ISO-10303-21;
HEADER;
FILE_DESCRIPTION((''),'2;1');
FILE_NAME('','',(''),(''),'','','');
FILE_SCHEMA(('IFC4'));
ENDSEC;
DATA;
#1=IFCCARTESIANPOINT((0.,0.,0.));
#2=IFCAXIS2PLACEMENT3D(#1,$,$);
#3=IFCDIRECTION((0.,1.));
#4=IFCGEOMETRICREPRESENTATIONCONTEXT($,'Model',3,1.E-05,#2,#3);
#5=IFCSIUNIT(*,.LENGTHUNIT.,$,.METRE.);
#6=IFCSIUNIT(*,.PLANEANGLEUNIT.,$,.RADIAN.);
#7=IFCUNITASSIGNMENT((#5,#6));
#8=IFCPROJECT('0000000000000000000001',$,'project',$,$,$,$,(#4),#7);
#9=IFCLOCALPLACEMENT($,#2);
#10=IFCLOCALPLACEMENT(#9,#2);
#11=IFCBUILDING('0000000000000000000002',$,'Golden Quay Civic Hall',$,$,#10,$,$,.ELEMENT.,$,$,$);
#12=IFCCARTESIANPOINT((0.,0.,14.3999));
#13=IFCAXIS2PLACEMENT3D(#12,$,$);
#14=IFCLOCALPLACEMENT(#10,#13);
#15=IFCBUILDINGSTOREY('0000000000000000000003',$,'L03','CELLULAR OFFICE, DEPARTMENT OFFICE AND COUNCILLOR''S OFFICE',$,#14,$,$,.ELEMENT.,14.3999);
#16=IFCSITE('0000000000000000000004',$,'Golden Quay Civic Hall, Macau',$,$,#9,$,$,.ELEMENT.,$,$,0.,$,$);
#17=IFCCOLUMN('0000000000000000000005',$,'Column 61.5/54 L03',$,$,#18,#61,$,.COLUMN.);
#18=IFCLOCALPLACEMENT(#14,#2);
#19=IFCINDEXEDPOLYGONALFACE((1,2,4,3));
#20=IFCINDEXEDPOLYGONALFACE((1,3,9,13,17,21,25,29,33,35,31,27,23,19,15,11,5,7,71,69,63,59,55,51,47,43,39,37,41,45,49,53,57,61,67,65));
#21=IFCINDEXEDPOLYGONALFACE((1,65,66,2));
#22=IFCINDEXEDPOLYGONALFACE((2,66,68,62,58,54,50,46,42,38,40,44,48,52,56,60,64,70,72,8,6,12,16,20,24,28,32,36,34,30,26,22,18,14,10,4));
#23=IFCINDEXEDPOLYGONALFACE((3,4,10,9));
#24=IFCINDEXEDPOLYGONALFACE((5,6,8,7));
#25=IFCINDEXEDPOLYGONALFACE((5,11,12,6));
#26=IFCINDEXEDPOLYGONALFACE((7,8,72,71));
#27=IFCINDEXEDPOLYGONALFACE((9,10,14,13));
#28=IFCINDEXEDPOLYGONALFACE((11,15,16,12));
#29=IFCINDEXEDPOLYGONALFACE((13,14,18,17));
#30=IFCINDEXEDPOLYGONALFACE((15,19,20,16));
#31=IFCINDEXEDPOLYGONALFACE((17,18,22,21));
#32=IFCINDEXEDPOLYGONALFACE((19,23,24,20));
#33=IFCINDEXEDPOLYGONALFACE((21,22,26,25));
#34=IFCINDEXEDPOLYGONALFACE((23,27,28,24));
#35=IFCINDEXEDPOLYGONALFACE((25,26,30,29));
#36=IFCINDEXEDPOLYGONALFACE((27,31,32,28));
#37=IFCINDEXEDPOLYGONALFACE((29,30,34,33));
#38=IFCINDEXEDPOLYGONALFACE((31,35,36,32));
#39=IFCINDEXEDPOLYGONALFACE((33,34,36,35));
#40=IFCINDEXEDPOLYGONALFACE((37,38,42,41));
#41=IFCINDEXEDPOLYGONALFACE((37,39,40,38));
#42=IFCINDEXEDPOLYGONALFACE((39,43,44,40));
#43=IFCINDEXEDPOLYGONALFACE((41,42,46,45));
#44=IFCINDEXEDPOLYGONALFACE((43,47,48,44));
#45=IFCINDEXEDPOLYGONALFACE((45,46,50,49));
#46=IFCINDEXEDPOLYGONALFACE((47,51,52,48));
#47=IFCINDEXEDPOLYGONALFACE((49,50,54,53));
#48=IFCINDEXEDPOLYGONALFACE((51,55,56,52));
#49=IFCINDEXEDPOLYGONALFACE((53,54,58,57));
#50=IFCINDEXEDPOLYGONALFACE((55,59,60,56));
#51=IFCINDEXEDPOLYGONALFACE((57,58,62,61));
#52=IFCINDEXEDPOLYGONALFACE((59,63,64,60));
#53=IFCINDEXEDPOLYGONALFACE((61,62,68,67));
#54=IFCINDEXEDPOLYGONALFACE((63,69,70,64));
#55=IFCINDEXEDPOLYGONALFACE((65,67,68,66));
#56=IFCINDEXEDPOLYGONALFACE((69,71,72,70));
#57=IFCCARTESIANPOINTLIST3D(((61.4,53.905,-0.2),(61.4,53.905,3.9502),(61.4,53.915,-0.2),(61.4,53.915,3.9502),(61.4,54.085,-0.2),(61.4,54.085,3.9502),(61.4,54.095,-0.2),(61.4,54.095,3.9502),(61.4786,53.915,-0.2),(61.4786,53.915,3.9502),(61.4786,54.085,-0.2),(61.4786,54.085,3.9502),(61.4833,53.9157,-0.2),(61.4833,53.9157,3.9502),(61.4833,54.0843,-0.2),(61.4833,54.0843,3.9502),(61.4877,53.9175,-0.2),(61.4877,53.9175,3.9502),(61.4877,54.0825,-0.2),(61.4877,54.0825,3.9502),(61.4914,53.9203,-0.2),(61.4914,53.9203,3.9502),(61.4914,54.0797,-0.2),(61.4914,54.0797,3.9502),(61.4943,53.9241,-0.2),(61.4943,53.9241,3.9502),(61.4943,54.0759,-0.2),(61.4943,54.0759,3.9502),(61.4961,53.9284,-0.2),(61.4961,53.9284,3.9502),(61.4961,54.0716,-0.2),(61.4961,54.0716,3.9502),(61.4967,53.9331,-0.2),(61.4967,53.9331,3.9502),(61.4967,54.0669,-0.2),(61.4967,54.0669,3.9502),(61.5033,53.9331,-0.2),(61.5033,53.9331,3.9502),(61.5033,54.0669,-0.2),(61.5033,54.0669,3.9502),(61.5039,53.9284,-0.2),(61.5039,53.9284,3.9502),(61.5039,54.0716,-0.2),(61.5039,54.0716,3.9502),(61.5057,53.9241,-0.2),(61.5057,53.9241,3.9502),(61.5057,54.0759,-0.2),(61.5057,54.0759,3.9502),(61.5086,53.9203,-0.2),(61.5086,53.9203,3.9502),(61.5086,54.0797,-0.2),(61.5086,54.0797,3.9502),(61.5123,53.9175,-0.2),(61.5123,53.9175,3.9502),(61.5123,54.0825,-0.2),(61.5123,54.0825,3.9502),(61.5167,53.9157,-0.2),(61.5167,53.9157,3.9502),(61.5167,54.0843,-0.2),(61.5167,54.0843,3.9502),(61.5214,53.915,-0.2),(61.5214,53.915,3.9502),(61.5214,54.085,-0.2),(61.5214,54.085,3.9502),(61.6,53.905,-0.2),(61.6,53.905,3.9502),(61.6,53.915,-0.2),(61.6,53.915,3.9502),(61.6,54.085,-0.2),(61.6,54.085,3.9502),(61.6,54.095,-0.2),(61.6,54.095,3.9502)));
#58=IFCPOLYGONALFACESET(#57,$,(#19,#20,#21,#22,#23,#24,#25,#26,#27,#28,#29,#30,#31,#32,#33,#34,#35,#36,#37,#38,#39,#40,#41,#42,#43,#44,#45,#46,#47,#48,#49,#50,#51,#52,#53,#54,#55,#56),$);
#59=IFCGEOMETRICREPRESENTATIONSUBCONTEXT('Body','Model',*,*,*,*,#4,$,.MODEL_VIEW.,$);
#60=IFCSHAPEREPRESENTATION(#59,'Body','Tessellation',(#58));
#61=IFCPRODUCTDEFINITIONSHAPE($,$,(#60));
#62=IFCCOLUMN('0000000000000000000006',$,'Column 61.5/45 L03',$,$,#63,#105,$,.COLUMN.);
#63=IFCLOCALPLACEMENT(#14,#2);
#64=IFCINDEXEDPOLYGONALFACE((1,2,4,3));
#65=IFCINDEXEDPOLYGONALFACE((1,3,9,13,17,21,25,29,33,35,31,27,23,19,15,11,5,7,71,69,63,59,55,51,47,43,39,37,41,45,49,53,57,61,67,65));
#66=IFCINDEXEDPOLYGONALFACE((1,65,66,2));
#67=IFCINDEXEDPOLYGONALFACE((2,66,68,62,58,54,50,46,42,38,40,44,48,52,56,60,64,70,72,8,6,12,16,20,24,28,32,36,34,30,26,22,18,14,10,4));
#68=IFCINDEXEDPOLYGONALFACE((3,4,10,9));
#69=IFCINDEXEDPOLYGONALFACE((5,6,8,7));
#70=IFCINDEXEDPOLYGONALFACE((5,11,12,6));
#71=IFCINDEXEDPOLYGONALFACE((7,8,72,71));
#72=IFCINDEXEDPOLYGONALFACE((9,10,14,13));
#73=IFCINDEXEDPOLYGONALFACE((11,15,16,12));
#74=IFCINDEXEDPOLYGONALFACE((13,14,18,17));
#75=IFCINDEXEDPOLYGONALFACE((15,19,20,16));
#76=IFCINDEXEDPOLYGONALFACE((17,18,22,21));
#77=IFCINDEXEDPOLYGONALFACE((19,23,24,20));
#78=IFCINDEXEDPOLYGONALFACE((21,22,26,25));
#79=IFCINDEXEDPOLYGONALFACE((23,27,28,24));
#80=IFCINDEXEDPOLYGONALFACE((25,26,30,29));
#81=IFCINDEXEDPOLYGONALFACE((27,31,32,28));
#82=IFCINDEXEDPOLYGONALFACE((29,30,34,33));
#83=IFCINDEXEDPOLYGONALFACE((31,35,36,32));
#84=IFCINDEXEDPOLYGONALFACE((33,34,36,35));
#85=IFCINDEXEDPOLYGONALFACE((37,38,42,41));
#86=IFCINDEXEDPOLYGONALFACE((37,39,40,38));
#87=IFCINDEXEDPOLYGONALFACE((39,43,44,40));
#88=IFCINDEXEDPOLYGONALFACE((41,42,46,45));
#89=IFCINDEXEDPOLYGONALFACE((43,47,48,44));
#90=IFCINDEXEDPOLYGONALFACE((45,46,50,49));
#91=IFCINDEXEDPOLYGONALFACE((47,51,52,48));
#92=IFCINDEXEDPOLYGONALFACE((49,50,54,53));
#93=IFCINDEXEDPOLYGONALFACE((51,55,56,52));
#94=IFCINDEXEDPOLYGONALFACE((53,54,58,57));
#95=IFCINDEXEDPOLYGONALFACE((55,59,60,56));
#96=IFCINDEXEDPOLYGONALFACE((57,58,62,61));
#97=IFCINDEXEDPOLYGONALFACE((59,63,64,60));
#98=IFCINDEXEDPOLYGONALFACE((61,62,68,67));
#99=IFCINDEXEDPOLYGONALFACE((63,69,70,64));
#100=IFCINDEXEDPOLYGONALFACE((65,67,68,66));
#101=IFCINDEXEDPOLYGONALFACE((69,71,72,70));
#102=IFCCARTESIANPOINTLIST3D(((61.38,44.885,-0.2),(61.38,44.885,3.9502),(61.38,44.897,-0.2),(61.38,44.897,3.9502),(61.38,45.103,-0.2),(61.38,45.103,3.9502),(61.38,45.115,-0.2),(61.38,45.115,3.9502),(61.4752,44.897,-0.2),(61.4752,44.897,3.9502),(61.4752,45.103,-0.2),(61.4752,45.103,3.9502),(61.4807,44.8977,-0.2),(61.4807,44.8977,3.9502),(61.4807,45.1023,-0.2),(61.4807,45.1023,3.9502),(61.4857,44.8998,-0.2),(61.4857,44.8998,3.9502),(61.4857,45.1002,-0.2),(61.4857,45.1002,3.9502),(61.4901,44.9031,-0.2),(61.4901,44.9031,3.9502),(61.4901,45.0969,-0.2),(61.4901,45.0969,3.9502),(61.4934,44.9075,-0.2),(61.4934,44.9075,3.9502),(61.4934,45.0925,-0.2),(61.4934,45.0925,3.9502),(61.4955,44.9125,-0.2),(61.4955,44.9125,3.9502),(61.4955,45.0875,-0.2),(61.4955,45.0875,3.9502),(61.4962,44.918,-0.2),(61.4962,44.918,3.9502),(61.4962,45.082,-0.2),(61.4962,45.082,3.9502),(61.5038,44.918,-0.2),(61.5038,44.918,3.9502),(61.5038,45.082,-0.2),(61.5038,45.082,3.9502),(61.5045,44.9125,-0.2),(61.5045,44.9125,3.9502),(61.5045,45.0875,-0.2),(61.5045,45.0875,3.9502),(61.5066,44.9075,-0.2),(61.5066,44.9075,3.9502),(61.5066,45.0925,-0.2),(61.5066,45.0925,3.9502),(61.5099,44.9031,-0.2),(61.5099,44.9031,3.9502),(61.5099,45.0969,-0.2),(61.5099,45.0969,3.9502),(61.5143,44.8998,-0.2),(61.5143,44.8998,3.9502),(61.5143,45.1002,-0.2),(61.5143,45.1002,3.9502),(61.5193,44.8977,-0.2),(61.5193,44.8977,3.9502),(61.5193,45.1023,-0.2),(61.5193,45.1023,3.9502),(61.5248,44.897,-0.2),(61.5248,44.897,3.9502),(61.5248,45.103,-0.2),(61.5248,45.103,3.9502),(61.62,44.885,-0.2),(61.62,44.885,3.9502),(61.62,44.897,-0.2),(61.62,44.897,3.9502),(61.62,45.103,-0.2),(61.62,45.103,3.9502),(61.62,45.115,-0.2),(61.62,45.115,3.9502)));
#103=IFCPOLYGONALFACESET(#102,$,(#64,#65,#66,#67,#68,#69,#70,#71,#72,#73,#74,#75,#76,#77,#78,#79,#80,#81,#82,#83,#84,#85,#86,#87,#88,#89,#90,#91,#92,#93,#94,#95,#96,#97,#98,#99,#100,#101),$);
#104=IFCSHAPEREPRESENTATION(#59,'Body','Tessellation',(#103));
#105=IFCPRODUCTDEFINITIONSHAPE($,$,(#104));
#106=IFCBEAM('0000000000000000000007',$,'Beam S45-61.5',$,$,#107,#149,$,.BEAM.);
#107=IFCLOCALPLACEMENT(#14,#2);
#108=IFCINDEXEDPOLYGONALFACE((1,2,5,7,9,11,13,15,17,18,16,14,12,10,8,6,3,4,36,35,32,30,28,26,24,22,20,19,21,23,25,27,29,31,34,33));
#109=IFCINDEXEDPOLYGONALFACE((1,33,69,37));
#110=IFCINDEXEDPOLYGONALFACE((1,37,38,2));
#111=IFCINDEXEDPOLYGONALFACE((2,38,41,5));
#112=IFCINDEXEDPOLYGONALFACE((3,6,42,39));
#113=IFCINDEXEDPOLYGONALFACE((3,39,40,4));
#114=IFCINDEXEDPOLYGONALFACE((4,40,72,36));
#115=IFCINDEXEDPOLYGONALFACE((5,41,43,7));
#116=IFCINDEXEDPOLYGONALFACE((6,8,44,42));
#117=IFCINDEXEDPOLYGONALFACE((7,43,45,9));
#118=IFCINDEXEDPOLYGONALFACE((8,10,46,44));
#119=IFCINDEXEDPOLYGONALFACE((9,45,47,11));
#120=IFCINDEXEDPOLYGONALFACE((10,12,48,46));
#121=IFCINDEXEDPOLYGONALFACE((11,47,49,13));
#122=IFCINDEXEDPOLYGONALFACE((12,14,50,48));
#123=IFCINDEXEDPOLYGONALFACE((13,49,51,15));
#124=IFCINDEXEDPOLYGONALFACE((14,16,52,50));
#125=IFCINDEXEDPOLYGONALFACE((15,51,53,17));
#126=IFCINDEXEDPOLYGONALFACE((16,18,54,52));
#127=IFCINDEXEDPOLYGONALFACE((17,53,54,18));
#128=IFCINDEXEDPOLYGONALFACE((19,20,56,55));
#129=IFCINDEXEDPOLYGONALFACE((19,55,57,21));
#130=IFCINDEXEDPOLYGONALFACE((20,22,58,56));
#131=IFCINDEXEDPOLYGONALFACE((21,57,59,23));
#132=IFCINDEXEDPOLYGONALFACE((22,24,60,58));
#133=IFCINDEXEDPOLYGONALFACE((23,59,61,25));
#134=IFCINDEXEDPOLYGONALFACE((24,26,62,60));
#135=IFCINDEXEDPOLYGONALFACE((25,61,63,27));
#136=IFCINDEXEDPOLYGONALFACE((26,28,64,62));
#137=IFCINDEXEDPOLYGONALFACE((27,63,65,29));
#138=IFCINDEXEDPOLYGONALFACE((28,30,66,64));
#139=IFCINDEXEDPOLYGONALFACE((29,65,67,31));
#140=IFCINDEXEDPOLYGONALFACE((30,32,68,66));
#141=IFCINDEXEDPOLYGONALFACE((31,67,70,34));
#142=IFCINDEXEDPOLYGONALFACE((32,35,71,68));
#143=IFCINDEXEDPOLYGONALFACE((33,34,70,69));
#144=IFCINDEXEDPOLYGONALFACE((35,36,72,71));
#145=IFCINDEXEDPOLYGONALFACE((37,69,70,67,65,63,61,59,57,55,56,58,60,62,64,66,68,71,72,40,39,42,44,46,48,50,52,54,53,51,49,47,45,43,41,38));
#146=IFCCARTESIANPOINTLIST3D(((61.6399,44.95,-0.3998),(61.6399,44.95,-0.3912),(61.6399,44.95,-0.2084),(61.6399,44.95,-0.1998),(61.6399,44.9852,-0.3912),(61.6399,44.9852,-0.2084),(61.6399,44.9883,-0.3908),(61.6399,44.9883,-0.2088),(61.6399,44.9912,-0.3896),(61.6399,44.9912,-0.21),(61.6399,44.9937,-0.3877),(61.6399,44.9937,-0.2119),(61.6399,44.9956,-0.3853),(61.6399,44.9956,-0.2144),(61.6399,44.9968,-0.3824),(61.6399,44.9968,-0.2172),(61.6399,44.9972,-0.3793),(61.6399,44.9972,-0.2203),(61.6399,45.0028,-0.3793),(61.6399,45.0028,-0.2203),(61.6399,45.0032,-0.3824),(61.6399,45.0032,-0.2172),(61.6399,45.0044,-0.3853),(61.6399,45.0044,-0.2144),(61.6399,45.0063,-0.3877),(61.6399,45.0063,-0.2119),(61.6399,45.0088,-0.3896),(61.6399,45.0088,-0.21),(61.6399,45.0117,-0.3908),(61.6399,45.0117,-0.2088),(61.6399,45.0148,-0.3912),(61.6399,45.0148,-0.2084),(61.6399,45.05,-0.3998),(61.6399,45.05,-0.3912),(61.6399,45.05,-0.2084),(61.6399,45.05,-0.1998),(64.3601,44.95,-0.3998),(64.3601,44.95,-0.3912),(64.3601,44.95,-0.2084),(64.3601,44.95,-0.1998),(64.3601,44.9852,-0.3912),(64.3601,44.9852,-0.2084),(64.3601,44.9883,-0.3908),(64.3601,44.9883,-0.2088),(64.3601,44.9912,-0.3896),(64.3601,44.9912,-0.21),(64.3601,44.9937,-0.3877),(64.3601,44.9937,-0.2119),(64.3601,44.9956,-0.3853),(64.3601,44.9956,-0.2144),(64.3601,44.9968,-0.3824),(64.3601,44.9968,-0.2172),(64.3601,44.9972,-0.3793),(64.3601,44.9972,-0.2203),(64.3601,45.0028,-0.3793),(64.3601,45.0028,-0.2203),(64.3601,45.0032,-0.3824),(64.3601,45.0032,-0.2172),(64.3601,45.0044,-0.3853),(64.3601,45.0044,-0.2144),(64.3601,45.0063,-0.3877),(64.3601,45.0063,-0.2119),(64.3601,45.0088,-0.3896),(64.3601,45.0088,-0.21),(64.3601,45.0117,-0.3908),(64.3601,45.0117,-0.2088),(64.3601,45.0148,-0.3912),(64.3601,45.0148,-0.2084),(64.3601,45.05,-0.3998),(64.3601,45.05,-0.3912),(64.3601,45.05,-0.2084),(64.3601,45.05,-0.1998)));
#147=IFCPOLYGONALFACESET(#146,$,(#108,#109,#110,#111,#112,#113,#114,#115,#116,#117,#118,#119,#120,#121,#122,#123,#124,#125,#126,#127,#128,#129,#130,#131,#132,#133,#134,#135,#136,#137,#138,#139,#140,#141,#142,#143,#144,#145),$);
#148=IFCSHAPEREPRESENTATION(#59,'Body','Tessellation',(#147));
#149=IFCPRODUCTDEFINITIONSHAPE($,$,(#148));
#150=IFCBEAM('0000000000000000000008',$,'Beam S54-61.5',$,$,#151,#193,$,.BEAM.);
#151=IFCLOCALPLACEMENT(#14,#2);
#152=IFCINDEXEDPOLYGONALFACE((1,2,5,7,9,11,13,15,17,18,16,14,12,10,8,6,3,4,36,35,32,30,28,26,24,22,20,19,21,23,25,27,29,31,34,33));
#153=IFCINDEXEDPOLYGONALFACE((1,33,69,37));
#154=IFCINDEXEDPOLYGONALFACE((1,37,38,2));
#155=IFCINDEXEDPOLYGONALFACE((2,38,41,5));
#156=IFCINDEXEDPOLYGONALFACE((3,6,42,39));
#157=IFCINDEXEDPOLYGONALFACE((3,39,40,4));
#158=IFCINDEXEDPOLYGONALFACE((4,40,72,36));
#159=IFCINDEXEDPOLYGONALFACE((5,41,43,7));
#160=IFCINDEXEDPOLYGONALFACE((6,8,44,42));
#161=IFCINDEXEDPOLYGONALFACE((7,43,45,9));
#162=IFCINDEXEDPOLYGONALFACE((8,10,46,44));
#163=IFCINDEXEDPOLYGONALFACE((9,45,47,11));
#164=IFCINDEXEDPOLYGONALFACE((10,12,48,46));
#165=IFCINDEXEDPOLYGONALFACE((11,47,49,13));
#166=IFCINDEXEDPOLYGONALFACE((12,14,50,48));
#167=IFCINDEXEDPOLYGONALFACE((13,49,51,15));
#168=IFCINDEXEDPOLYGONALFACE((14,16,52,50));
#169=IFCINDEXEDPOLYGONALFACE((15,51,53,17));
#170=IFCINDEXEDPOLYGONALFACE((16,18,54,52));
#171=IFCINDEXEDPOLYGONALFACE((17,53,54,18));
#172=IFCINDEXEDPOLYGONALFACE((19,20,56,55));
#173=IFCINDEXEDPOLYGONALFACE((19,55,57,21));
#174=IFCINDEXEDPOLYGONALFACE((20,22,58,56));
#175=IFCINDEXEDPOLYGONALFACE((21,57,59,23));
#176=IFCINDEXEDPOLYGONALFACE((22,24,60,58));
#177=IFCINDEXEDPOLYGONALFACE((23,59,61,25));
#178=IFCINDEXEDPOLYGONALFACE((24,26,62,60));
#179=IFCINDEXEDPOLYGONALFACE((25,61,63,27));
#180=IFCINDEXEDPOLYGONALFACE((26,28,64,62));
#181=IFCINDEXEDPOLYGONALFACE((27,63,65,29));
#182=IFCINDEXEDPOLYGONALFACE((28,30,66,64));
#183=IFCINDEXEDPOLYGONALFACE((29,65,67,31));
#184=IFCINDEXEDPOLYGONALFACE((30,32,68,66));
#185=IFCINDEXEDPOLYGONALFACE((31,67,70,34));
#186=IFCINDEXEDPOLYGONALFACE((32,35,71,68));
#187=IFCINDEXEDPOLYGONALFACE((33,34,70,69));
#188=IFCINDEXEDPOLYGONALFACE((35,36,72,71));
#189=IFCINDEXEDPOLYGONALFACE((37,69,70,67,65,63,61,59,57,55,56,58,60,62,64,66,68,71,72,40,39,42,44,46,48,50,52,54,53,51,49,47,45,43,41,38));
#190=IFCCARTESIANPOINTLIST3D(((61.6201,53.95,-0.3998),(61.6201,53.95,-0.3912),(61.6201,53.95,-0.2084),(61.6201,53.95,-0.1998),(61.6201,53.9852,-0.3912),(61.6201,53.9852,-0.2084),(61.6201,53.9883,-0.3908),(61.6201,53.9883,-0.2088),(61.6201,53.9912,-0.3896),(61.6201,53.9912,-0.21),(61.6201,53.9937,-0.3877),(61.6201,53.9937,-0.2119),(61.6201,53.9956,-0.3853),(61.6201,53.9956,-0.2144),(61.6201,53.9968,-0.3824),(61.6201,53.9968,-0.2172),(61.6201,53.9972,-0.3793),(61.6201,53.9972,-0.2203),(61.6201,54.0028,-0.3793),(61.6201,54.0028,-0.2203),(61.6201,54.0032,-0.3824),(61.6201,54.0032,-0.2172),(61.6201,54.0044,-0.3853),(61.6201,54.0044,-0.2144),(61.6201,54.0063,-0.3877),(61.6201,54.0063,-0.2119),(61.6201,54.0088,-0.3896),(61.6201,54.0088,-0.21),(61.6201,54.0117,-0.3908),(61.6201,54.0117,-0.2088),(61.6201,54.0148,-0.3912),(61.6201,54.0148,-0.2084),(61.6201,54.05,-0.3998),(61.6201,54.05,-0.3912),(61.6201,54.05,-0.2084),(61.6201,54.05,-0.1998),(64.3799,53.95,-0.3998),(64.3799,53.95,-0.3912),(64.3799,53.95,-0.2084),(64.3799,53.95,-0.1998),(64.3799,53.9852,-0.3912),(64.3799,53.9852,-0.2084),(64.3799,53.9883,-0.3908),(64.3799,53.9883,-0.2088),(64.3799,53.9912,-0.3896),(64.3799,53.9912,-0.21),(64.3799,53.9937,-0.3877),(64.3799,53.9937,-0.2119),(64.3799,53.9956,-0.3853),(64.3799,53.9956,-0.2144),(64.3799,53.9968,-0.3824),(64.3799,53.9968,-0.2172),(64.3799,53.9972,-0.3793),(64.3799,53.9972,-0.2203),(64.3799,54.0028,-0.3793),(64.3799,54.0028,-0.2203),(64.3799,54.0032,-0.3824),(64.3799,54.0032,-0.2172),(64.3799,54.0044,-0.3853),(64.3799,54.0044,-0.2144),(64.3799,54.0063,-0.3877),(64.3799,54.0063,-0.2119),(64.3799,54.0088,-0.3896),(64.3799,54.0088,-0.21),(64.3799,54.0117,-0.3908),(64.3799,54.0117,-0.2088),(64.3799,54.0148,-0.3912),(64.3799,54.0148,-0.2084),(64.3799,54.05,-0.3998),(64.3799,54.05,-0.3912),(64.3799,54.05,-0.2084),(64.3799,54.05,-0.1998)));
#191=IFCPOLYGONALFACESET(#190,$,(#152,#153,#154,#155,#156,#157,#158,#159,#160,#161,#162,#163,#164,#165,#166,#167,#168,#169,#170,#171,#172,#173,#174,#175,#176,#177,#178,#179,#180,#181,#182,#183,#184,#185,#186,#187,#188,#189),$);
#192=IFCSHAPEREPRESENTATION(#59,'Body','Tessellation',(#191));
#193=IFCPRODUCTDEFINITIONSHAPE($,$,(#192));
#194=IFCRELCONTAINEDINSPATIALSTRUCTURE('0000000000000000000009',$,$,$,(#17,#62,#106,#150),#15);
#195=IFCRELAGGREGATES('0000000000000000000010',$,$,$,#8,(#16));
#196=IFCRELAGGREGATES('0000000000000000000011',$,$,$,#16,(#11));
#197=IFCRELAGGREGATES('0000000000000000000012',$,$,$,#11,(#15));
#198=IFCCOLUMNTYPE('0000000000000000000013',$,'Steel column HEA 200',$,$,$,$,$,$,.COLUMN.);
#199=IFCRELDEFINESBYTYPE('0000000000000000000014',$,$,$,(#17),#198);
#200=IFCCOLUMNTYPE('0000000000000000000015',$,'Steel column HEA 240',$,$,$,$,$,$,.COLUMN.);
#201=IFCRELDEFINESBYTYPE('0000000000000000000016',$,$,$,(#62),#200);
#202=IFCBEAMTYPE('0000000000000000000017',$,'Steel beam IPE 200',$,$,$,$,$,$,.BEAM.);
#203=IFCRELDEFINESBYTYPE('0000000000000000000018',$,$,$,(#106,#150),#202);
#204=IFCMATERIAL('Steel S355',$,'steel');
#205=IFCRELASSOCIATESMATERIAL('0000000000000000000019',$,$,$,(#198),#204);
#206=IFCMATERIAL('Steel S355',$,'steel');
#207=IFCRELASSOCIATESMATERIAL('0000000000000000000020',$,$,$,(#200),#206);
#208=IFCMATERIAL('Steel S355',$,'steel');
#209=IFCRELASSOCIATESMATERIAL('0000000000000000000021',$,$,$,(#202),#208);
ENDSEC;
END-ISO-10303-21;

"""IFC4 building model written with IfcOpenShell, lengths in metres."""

from ifc_helpers import new_model, si_unit, direction, frame, origin, origin_2d, place, context, subcontext, project, spatial, i_section, extrude, material, material_profile, profile_set, type_object, element, save


model = new_model("IFC4")

# Units and contexts
model_context = context("Model", 3, precision=1e-05, world=origin(), true_north=direction((0.0, 1.0)))
body_context = subcontext(model_context, "Body", "Model", "MODEL_VIEW")
ifc_project = project(units=[si_unit("LENGTHUNIT", "METRE"), si_unit("PLANEANGLEUNIT", "RADIAN")], contexts=[model_context])

# Site, building, storey
site_placement = place(None, origin())
site = spatial("IfcSite", under=ifc_project, at=site_placement, Name="Golden Quay Civic Hall, Macau", CompositionType="ELEMENT", RefElevation=0.0)
building_placement = place(site_placement, origin())
building = spatial("IfcBuilding", under=site, at=building_placement, Name="Golden Quay Civic Hall", CompositionType="ELEMENT")
storey_placement = place(building_placement, frame((0.0, 0.0, 14.3999)))
storey = spatial("IfcBuildingStorey", under=building, at=storey_placement, Name="L03", Description="CELLULAR OFFICE, DEPARTMENT OFFICE AND COUNCILLOR'S OFFICE", CompositionType="ELEMENT", Elevation=14.3999)

# Columns
ifc_material_1 = material(Name="Steel S355", Category="steel")
ifc_material_profile_1 = material_profile(ifc_material_1, i_section(OverallWidth=0.2, OverallDepth=0.1899, WebThickness=0.0066, FlangeThickness=0.01, FilletRadius=0.0181, at=origin_2d()), Name="HEA 200")
ifc_profile_set_1 = profile_set([ifc_material_profile_1], Name="Steel S355")
column_type_1 = type_object("IfcColumnType", Name="Steel column HEA 200", PredefinedType="COLUMN", material=ifc_profile_set_1)
column_1_placement = place(storey_placement, frame((61.5, 54.0, -0.2), z_axis=(0.0, 0.0, 1.0), x_axis=(1.0, 0.0, 0.0)))
element("IfcColumn", 1, at=column_1_placement, inside=storey, type_object=column_type_1, Name="Column 61.5/54 L03", PredefinedType="COLUMN", context=body_context, shape_type="SweptSolid", body=[
    extrude(i_section(OverallWidth=0.2, OverallDepth=0.1899, WebThickness=0.0066, FlangeThickness=0.01, FilletRadius=0.0181, at=origin_2d()), origin(), (0.0, 0.0, 1.0), 4.1501),
])
ifc_material_2 = material(Name="Steel S355", Category="steel")
ifc_material_profile_2 = material_profile(ifc_material_2, i_section(OverallWidth=0.24, OverallDepth=0.23, WebThickness=0.0076, FlangeThickness=0.012, FilletRadius=0.021, at=origin_2d()), Name="HEA 240")
ifc_profile_set_2 = profile_set([ifc_material_profile_2], Name="Steel S355")
column_type_2 = type_object("IfcColumnType", Name="Steel column HEA 240", PredefinedType="COLUMN", material=ifc_profile_set_2)
column_2_placement = place(storey_placement, frame((61.5, 45.0, -0.2), z_axis=(0.0, 0.0, 1.0), x_axis=(1.0, 0.0, 0.0)))
element("IfcColumn", 2, at=column_2_placement, inside=storey, type_object=column_type_2, Name="Column 61.5/45 L03", PredefinedType="COLUMN", context=body_context, shape_type="SweptSolid", body=[
    extrude(i_section(OverallWidth=0.24, OverallDepth=0.23, WebThickness=0.0076, FlangeThickness=0.012, FilletRadius=0.021, at=origin_2d()), origin(), (0.0, 0.0, 1.0), 4.1501),
])

# Beams
ifc_material_3 = material(Name="Steel S355", Category="steel")
ifc_material_profile_3 = material_profile(ifc_material_3, i_section(OverallWidth=0.1001, OverallDepth=0.2, WebThickness=0.0056, FlangeThickness=0.0085, FilletRadius=0.012, at=origin_2d()), Name="IPE 200")
ifc_profile_set_3 = profile_set([ifc_material_profile_3], Name="Steel S355")
beam_type_1 = type_object("IfcBeamType", Name="Steel beam IPE 200", PredefinedType="BEAM", material=ifc_profile_set_3)
beam_1_placement = place(storey_placement, frame((61.6399, 45.0, -0.2998), z_axis=(1.0, 0.0, 0.0), x_axis=(0.0, 1.0, 0.0)))
element("IfcBeam", 3, at=beam_1_placement, inside=storey, type_object=beam_type_1, Name="Beam S45-61.5", PredefinedType="BEAM", context=body_context, shape_type="SweptSolid", body=[
    extrude(i_section(OverallWidth=0.1001, OverallDepth=0.2, WebThickness=0.0056, FlangeThickness=0.0085, FilletRadius=0.012, at=origin_2d()), origin(), (0.0, 0.0, 1.0), 2.7202),
])
beam_2_placement = place(storey_placement, frame((61.6201, 54.0, -0.2998), z_axis=(1.0, 0.0, 0.0), x_axis=(0.0, 1.0, 0.0)))
element("IfcBeam", 4, at=beam_2_placement, inside=storey, type_object=beam_type_1, Name="Beam S54-61.5", PredefinedType="BEAM", context=body_context, shape_type="SweptSolid", body=[
    extrude(i_section(OverallWidth=0.1001, OverallDepth=0.2, WebThickness=0.0056, FlangeThickness=0.0085, FilletRadius=0.012, at=origin_2d()), origin(), (0.0, 0.0, 1.0), 2.7598),
])

save(model, "model.ifc")
